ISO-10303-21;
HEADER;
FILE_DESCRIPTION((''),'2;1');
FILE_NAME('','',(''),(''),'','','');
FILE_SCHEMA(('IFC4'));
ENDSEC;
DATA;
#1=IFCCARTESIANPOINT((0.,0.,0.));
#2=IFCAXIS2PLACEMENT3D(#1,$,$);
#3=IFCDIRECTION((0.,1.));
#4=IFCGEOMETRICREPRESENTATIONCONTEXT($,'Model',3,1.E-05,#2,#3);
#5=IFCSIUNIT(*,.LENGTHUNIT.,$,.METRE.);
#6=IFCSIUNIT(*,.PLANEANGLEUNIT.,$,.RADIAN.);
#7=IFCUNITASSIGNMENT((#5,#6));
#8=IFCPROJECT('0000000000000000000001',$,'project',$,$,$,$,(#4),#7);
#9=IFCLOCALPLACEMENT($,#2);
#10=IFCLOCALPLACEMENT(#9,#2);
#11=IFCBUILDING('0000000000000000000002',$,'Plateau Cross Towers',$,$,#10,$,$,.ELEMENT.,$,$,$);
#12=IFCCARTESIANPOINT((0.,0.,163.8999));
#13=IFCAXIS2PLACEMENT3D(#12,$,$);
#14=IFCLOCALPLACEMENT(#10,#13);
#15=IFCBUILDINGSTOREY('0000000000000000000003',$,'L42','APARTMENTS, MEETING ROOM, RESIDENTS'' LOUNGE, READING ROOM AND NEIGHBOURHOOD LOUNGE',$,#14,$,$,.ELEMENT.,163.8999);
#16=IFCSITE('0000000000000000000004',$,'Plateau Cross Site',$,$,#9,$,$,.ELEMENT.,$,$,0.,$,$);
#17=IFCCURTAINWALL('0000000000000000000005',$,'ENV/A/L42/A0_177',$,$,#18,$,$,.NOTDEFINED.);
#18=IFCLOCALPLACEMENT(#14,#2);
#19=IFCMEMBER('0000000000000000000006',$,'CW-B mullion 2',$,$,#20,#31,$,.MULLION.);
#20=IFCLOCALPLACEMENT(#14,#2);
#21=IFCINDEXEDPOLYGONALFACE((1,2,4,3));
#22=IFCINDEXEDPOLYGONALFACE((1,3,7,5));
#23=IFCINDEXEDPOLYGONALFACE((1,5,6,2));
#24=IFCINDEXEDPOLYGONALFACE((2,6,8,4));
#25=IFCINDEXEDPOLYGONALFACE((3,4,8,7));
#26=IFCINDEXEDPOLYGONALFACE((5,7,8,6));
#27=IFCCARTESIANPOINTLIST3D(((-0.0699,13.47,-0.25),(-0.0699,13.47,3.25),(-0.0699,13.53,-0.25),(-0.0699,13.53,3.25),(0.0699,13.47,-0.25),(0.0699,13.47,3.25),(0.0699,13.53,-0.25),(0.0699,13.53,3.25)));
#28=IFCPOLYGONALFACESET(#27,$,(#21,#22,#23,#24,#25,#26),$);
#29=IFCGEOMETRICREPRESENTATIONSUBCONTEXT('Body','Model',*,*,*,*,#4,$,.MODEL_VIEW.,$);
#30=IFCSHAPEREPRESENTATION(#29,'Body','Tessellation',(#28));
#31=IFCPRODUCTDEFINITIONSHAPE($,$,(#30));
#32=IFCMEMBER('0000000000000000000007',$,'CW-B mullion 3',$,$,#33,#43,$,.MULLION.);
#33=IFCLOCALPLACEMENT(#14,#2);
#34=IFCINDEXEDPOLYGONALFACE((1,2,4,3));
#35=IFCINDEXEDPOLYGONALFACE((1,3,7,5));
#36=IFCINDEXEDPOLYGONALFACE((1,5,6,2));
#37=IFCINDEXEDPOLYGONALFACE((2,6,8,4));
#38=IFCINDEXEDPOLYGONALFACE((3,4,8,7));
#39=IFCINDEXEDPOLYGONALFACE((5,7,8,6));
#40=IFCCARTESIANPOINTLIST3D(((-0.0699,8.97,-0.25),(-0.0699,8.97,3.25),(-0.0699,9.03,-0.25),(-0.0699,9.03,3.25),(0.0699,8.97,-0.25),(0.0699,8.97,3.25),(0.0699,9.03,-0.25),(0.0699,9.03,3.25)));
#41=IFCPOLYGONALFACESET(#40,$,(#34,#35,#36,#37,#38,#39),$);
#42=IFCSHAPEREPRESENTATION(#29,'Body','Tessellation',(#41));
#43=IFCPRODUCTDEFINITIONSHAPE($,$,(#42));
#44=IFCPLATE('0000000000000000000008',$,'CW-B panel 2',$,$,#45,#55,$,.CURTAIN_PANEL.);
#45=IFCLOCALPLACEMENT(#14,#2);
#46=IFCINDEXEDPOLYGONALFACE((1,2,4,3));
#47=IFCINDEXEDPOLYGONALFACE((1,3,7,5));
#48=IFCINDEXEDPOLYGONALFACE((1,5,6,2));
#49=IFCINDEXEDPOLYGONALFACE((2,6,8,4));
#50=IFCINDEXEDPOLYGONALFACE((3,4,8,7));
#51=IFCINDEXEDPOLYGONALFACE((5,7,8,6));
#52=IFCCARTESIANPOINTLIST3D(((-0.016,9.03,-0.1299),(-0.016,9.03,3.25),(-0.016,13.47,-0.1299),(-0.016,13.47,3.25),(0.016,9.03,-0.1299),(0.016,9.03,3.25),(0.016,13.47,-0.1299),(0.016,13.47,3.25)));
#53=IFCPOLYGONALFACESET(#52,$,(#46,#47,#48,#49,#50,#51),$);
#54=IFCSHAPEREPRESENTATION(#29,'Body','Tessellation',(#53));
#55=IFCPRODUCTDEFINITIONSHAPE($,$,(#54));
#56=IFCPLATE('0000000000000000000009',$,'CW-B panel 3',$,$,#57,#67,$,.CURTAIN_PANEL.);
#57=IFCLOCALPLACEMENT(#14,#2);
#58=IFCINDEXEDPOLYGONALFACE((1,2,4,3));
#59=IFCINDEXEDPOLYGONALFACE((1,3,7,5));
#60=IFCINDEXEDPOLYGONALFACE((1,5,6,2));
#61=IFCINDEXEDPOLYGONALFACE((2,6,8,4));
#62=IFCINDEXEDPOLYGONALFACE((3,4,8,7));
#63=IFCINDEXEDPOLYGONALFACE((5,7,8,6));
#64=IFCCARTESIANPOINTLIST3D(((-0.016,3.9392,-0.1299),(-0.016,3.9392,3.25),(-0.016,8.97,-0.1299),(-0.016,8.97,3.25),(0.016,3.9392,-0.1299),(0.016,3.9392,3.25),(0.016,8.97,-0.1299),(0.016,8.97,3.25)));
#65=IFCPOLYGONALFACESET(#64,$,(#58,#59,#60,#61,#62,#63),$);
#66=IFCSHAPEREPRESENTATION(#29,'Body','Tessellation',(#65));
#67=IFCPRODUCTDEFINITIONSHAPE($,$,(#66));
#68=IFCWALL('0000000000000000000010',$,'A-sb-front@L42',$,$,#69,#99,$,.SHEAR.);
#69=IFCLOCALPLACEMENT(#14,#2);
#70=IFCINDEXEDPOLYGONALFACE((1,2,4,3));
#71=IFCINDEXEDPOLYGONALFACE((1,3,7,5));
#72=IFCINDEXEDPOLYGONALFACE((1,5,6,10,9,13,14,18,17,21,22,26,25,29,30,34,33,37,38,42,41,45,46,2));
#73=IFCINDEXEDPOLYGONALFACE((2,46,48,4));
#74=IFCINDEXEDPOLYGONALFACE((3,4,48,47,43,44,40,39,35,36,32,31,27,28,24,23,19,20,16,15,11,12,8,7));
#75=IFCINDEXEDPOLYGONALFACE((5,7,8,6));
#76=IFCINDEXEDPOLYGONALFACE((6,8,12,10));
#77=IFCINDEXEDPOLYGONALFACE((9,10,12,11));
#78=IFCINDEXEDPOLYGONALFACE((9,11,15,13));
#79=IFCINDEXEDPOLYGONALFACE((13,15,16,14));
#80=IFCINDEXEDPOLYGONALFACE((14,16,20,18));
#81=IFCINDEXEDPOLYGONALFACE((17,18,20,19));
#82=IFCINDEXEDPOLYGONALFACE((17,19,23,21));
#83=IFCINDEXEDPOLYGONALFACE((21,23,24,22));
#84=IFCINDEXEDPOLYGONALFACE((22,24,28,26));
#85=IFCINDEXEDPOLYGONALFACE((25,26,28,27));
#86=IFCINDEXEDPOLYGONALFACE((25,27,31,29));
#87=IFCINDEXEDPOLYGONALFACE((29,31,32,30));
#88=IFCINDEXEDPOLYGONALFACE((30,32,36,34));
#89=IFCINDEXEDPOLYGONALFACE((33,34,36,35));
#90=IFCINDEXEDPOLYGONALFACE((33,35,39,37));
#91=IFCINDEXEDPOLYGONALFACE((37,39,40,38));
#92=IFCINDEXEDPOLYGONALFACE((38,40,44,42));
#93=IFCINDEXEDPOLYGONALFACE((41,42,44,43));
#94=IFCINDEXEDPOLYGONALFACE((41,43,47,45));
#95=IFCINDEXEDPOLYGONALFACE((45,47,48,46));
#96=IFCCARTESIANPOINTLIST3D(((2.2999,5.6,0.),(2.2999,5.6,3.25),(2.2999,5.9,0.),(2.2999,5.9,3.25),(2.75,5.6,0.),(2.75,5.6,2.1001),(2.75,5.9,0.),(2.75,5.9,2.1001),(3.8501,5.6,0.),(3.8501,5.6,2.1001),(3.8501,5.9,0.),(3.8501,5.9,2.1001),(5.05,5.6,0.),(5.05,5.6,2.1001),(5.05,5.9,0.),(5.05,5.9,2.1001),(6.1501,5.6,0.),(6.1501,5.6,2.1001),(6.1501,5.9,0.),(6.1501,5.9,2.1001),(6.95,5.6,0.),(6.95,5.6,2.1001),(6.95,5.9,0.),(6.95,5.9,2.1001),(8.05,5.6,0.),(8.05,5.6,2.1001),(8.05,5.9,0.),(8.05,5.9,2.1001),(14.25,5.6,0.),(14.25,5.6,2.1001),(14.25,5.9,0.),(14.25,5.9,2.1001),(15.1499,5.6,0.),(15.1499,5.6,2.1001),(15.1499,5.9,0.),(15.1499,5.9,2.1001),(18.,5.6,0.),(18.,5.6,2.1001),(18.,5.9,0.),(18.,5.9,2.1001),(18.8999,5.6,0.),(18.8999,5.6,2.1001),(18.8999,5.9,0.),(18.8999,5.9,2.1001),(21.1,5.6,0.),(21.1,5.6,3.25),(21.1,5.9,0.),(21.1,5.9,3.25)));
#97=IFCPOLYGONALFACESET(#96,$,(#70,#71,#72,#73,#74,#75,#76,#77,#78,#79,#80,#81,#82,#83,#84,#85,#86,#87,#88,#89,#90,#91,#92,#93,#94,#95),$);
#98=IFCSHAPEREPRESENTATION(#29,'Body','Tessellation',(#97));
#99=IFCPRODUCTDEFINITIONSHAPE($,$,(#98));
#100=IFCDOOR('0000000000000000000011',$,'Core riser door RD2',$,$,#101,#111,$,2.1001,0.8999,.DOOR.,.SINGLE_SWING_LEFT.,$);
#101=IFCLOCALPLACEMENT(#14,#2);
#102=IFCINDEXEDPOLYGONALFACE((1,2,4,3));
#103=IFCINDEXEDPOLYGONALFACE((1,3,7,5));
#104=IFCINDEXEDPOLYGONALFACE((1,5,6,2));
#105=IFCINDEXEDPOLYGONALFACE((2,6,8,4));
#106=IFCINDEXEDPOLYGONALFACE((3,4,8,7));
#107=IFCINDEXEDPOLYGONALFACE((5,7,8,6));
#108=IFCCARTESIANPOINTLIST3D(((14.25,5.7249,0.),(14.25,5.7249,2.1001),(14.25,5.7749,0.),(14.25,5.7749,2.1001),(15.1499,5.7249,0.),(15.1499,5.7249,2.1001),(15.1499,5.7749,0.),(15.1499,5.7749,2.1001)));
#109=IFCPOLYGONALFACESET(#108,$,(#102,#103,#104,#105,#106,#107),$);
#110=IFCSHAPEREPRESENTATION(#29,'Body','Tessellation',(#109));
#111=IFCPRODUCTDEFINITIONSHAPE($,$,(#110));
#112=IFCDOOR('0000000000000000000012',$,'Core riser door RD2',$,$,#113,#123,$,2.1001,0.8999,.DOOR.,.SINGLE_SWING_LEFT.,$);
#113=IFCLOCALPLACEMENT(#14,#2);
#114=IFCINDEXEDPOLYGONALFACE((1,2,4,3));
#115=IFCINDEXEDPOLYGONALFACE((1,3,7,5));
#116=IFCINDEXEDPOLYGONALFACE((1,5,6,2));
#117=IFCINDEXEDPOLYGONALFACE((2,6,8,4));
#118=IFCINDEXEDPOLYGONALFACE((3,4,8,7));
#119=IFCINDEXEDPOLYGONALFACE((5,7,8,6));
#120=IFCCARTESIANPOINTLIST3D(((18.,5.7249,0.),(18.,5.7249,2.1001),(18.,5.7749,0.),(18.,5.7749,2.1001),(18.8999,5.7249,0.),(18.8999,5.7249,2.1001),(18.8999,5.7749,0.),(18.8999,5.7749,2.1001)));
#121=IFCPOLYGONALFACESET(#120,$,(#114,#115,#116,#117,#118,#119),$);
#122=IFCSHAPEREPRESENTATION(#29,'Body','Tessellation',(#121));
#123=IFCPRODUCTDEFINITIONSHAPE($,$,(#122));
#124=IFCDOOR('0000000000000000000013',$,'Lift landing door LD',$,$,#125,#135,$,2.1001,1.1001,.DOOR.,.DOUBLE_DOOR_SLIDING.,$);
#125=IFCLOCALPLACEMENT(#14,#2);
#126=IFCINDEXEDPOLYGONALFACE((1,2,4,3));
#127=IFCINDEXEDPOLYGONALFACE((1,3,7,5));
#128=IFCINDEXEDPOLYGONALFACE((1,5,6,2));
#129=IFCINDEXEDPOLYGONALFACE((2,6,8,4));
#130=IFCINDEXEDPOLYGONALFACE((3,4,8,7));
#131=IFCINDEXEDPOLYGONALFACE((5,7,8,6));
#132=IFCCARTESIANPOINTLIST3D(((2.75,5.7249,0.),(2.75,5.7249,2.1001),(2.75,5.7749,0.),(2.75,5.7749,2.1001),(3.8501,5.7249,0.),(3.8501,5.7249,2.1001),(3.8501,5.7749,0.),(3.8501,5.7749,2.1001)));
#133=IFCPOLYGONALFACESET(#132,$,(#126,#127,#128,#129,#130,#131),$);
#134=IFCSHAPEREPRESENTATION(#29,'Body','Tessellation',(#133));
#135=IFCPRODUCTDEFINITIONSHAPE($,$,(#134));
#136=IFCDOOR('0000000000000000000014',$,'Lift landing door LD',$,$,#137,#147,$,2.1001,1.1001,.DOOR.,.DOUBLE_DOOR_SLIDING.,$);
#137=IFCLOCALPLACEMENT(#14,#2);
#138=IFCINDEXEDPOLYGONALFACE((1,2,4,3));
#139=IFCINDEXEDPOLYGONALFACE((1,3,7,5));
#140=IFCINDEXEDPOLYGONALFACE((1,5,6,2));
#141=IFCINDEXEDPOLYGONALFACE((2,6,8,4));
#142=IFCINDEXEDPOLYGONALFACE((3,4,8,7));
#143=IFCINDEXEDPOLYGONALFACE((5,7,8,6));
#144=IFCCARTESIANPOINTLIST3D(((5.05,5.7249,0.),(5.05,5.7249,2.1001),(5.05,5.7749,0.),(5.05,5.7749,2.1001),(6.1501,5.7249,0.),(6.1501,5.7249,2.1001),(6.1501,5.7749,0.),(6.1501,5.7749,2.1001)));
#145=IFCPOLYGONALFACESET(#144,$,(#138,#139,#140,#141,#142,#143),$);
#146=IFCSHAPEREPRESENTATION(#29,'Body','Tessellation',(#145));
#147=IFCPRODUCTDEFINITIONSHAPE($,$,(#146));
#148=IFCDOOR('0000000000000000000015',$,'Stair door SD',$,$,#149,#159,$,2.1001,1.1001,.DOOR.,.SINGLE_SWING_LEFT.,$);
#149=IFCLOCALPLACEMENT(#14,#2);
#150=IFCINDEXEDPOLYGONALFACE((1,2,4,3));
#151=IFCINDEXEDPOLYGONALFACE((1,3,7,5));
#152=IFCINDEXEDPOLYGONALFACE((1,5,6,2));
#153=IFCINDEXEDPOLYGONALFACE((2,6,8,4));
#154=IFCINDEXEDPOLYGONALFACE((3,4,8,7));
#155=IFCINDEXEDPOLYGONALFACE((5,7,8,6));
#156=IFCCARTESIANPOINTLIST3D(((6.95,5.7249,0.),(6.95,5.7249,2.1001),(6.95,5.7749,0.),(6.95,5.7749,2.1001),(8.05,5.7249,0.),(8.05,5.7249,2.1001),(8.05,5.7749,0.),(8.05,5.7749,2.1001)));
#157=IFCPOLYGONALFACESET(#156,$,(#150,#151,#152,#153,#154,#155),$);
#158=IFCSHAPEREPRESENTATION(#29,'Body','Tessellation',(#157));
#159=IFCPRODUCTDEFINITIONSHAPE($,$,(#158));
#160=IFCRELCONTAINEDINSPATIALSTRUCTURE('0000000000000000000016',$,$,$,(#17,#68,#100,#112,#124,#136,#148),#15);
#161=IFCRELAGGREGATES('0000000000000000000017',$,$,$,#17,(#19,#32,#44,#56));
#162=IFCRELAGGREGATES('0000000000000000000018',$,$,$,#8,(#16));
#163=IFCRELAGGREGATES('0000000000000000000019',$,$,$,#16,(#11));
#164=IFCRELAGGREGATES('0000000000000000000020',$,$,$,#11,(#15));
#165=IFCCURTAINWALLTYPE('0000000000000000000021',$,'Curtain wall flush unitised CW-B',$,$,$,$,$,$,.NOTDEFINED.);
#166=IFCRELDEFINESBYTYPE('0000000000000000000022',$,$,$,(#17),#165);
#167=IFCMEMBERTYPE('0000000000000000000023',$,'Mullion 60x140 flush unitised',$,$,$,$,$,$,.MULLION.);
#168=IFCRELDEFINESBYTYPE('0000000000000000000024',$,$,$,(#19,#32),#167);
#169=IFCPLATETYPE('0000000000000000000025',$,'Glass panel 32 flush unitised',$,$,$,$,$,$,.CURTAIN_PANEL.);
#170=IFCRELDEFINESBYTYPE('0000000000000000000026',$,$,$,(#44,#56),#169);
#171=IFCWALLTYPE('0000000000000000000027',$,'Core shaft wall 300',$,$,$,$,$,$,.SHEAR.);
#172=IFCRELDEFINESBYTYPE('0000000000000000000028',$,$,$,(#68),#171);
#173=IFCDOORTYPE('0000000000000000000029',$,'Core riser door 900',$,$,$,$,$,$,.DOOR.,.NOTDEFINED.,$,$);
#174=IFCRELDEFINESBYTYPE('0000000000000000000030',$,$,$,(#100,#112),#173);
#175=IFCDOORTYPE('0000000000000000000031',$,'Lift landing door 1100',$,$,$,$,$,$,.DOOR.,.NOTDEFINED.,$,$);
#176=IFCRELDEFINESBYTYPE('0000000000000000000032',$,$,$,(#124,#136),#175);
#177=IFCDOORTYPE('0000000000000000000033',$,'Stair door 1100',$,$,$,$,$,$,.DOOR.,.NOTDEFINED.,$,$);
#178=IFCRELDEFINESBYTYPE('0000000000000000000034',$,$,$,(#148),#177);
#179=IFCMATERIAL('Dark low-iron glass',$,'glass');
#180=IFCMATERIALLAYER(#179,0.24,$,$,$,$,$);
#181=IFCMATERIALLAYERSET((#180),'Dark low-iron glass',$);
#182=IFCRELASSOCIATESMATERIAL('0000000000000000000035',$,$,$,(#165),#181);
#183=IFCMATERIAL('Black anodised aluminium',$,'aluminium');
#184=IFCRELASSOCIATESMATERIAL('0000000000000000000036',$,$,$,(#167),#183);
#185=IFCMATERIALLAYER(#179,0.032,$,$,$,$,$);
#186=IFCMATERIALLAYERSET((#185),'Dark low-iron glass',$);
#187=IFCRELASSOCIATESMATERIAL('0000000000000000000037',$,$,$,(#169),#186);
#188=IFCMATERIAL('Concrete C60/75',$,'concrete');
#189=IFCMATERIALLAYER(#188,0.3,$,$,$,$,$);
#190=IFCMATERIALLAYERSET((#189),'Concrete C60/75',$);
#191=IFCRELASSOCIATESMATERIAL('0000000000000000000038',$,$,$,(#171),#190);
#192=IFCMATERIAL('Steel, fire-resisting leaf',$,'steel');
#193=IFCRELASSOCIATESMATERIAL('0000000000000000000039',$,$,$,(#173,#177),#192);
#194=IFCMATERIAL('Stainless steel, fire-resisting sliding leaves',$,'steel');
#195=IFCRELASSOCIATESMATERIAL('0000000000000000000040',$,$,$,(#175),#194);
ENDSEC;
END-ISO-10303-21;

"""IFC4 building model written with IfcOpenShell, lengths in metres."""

from ifc_helpers import new_model, si_unit, direction, frame, frame_2d, origin, origin_2d, place, context, subcontext, project, spatial, rectangle, extrude, material, layer, layer_set, material_profile, profile_set, type_object, element, fill, aggregate, save


model = new_model("IFC4")

# Units and contexts
model_context = context("Model", 3, precision=1e-05, world=origin(), true_north=direction((0.0, 1.0)))
body_context = subcontext(model_context, "Body", "Model", "MODEL_VIEW")
ifc_project = project(units=[si_unit("LENGTHUNIT", "METRE"), si_unit("PLANEANGLEUNIT", "RADIAN")], contexts=[model_context])

# Site, building, storey
site_placement = place(None, origin())
site = spatial("IfcSite", under=ifc_project, at=site_placement, Name="Plateau Cross Site", CompositionType="ELEMENT", RefElevation=0.0)
building_placement = place(site_placement, origin())
building = spatial("IfcBuilding", under=site, at=building_placement, Name="Plateau Cross Towers", CompositionType="ELEMENT")
storey_placement = place(building_placement, frame((0.0, 0.0, 163.8999)))
storey = spatial("IfcBuildingStorey", under=building, at=storey_placement, Name="L42", Description="APARTMENTS, MEETING ROOM, RESIDENTS' LOUNGE, READING ROOM AND NEIGHBOURHOOD LOUNGE", CompositionType="ELEMENT", Elevation=163.8999)

# Curtain wall, members, plates
ifc_material_1 = material(Name="Dark low-iron glass", Category="glass")
ifc_layer_1 = layer(ifc_material_1, 0.24)
ifc_layer_set_1 = layer_set([ifc_layer_1], Name="Dark low-iron glass")
curtain_wall_type = type_object("IfcCurtainWallType", Name="Curtain wall flush unitised CW-B", PredefinedType="NOTDEFINED", material=ifc_layer_set_1)
curtain_wall_placement = place(storey_placement, origin())
curtain_wall = element("IfcCurtainWall", 1, at=curtain_wall_placement, inside=storey, type_object=curtain_wall_type, Name="ENV/A/L42/A0_177", PredefinedType="NOTDEFINED")
ifc_material_2 = material(Name="Black anodised aluminium", Category="aluminium")
ifc_material_profile = material_profile(ifc_material_2, rectangle(XDim=0.0601, YDim=0.1399, at=origin_2d()), Name="MULLION 60x140")
ifc_profile_set = profile_set([ifc_material_profile], Name="Black anodised aluminium")
member_type = type_object("IfcMemberType", Name="Mullion 60x140 flush unitised", PredefinedType="MULLION", material=ifc_profile_set)
member_1_placement = place(storey_placement, frame((0.0, 13.5, -0.25), z_axis=(0.0, 0.0, 1.0), x_axis=(0.0, -1.0, 0.0)))
member_1 = element("IfcMember", 2, at=member_1_placement, type_object=member_type, Name="CW-B mullion 2", PredefinedType="MULLION", context=body_context, shape_type="SweptSolid", body=[
    extrude(rectangle(XDim=0.0601, YDim=0.1399, at=origin_2d()), origin(), (0.0, 0.0, 1.0), 3.5),
])
member_2_placement = place(storey_placement, frame((0.0, 9.0, -0.25), z_axis=(0.0, 0.0, 1.0), x_axis=(0.0, -1.0, 0.0)))
member_2 = element("IfcMember", 3, at=member_2_placement, type_object=member_type, Name="CW-B mullion 3", PredefinedType="MULLION", context=body_context, shape_type="SweptSolid", body=[
    extrude(rectangle(XDim=0.0601, YDim=0.1399, at=origin_2d()), origin(), (0.0, 0.0, 1.0), 3.5),
])
ifc_layer_2 = layer(ifc_material_1, 0.032)
ifc_layer_set_2 = layer_set([ifc_layer_2], Name="Dark low-iron glass")
plate_type = type_object("IfcPlateType", Name="Glass panel 32 flush unitised", PredefinedType="CURTAIN_PANEL", material=ifc_layer_set_2)
plate_1_placement = place(storey_placement, frame((0.0, 11.25, -0.1299), z_axis=(0.0, 0.0, 1.0), x_axis=(0.0, -1.0, 0.0)))
plate_1 = element("IfcPlate", 4, at=plate_1_placement, type_object=plate_type, Name="CW-B panel 2", PredefinedType="CURTAIN_PANEL", context=body_context, shape_type="SweptSolid", body=[
    extrude(rectangle(XDim=4.4399, YDim=0.032, at=origin_2d()), origin(), (0.0, 0.0, 1.0), 3.3799),
])
plate_2_placement = place(storey_placement, frame((0.0, 6.4546, -0.1299), z_axis=(0.0, 0.0, 1.0), x_axis=(0.0, -1.0, 0.0)))
plate_2 = element("IfcPlate", 5, at=plate_2_placement, type_object=plate_type, Name="CW-B panel 3", PredefinedType="CURTAIN_PANEL", context=body_context, shape_type="SweptSolid", body=[
    extrude(rectangle(XDim=5.0308, YDim=0.032, at=origin_2d()), origin(), (0.0, 0.0, 1.0), 3.3799),
])
aggregate(curtain_wall, [member_1, member_2, plate_1, plate_2])

# Wall, openings, doors
ifc_material_3 = material(Name="Concrete C60/75", Category="concrete")
ifc_layer_3 = layer(ifc_material_3, 0.3)
ifc_layer_set_3 = layer_set([ifc_layer_3], Name="Concrete C60/75")
wall_type = type_object("IfcWallType", Name="Core shaft wall 300", PredefinedType="SHEAR", material=ifc_layer_set_3)
wall_1_placement = place(storey_placement, frame((2.3, 5.75, 0.0), z_axis=(0.0, 0.0, 1.0), x_axis=(1.0, 0.0, 0.0)))
wall_1 = element("IfcWall", 6, at=wall_1_placement, inside=storey, type_object=wall_type, Name="A-sb-front@L42", PredefinedType="SHEAR", context=body_context, shape_type="SweptSolid", body=[
    extrude(rectangle(XDim=18.8, YDim=0.3, at=frame_2d((9.3999, 0.0))), origin(), (0.0, 0.0, 1.0), 3.25),
])
opening_1_placement = place(wall_1_placement, frame((4.6499, 0.0, 0.0)))
opening_1 = element("IfcOpeningElement", 7, at=opening_1_placement, cuts=wall_1, PredefinedType="OPENING", context=body_context, shape_type="SweptSolid", body=[
    extrude(rectangle(XDim=1.1001, YDim=2.1001, at=frame_2d((0.55, 1.05))), frame((0.0, 0.1599, 0.0), z_axis=(0.0, -1.0, 0.0), x_axis=(1.0, 0.0, 0.0)), (0.0, 0.0, 1.0), 0.3201),
])
opening_2_placement = place(wall_1_placement, frame((0.45, 0.0, 0.0)))
opening_2 = element("IfcOpeningElement", 8, at=opening_2_placement, cuts=wall_1, PredefinedType="OPENING", context=body_context, shape_type="SweptSolid", body=[
    extrude(rectangle(XDim=1.1001, YDim=2.1001, at=frame_2d((0.55, 1.05))), frame((0.0, 0.1599, 0.0), z_axis=(0.0, -1.0, 0.0), x_axis=(1.0, 0.0, 0.0)), (0.0, 0.0, 1.0), 0.3201),
])
opening_3_placement = place(wall_1_placement, frame((2.75, 0.0, 0.0)))
opening_3 = element("IfcOpeningElement", 9, at=opening_3_placement, cuts=wall_1, PredefinedType="OPENING", context=body_context, shape_type="SweptSolid", body=[
    extrude(rectangle(XDim=1.1001, YDim=2.1001, at=frame_2d((0.55, 1.05))), frame((0.0, 0.1599, 0.0), z_axis=(0.0, -1.0, 0.0), x_axis=(1.0, 0.0, 0.0)), (0.0, 0.0, 1.0), 0.3201),
])
opening_4_placement = place(wall_1_placement, frame((11.95, 0.0, 0.0)))
opening_4 = element("IfcOpeningElement", 10, at=opening_4_placement, cuts=wall_1, PredefinedType="OPENING", context=body_context, shape_type="SweptSolid", body=[
    extrude(rectangle(XDim=0.8999, YDim=2.1001, at=frame_2d((0.45, 1.05))), frame((0.0, 0.1599, 0.0), z_axis=(0.0, -1.0, 0.0), x_axis=(1.0, 0.0, 0.0)), (0.0, 0.0, 1.0), 0.3201),
])
opening_5_placement = place(wall_1_placement, frame((15.7, 0.0, 0.0)))
opening_5 = element("IfcOpeningElement", 11, at=opening_5_placement, cuts=wall_1, PredefinedType="OPENING", context=body_context, shape_type="SweptSolid", body=[
    extrude(rectangle(XDim=0.8999, YDim=2.1001, at=frame_2d((0.45, 1.05))), frame((0.0, 0.1599, 0.0), z_axis=(0.0, -1.0, 0.0), x_axis=(1.0, 0.0, 0.0)), (0.0, 0.0, 1.0), 0.3201),
])
ifc_material_4 = material(Name="Steel, fire-resisting leaf", Category="steel")
door_type_1 = type_object("IfcDoorType", Name="Core riser door 900", OperationType="NOTDEFINED", PredefinedType="DOOR", material=ifc_material_4)
door_1_placement = place(opening_4_placement, origin())
door_1 = element("IfcDoor", 12, at=door_1_placement, inside=storey, type_object=door_type_1, Name="Core riser door RD2", OperationType="SINGLE_SWING_LEFT", OverallHeight=2.1001, OverallWidth=0.8999, PredefinedType="DOOR", context=body_context, shape_type="SweptSolid", body=[
    extrude(rectangle(XDim=0.8999, YDim=2.1001, at=frame_2d((0.45, 1.05))), frame((0.0, 0.0249, 0.0), z_axis=(0.0, -1.0, 0.0), x_axis=(1.0, 0.0, 0.0)), (0.0, 0.0, 1.0), 0.05),
])
fill(opening_4, door_1)
door_2_placement = place(opening_5_placement, origin())
door_2 = element("IfcDoor", 13, at=door_2_placement, inside=storey, type_object=door_type_1, Name="Core riser door RD2", OperationType="SINGLE_SWING_LEFT", OverallHeight=2.1001, OverallWidth=0.8999, PredefinedType="DOOR", context=body_context, shape_type="SweptSolid", body=[
    extrude(rectangle(XDim=0.8999, YDim=2.1001, at=frame_2d((0.45, 1.05))), frame((0.0, 0.0249, 0.0), z_axis=(0.0, -1.0, 0.0), x_axis=(1.0, 0.0, 0.0)), (0.0, 0.0, 1.0), 0.05),
])
fill(opening_5, door_2)
ifc_material_5 = material(Name="Stainless steel, fire-resisting sliding leaves", Category="steel")
door_type_2 = type_object("IfcDoorType", Name="Lift landing door 1100", OperationType="NOTDEFINED", PredefinedType="DOOR", material=ifc_material_5)
door_3_placement = place(opening_2_placement, origin())
door_3 = element("IfcDoor", 14, at=door_3_placement, inside=storey, type_object=door_type_2, Name="Lift landing door LD", OperationType="DOUBLE_DOOR_SLIDING", OverallHeight=2.1001, OverallWidth=1.1001, PredefinedType="DOOR", context=body_context, shape_type="SweptSolid", body=[
    extrude(rectangle(XDim=1.1001, YDim=2.1001, at=frame_2d((0.55, 1.05))), frame((0.0, 0.0249, 0.0), z_axis=(0.0, -1.0, 0.0), x_axis=(1.0, 0.0, 0.0)), (0.0, 0.0, 1.0), 0.05),
])
fill(opening_2, door_3)
door_4_placement = place(opening_3_placement, origin())
door_4 = element("IfcDoor", 15, at=door_4_placement, inside=storey, type_object=door_type_2, Name="Lift landing door LD", OperationType="DOUBLE_DOOR_SLIDING", OverallHeight=2.1001, OverallWidth=1.1001, PredefinedType="DOOR", context=body_context, shape_type="SweptSolid", body=[
    extrude(rectangle(XDim=1.1001, YDim=2.1001, at=frame_2d((0.55, 1.05))), frame((0.0, 0.0249, 0.0), z_axis=(0.0, -1.0, 0.0), x_axis=(1.0, 0.0, 0.0)), (0.0, 0.0, 1.0), 0.05),
])
fill(opening_3, door_4)
door_type_3 = type_object("IfcDoorType", Name="Stair door 1100", OperationType="NOTDEFINED", PredefinedType="DOOR", material=ifc_material_4)
door_5_placement = place(opening_1_placement, origin())
door_5 = element("IfcDoor", 16, at=door_5_placement, inside=storey, type_object=door_type_3, Name="Stair door SD", OperationType="SINGLE_SWING_LEFT", OverallHeight=2.1001, OverallWidth=1.1001, PredefinedType="DOOR", context=body_context, shape_type="SweptSolid", body=[
    extrude(rectangle(XDim=1.1001, YDim=2.1001, at=frame_2d((0.55, 1.05))), frame((0.0, 0.0249, 0.0), z_axis=(0.0, -1.0, 0.0), x_axis=(1.0, 0.0, 0.0)), (0.0, 0.0, 1.0), 0.05),
])
fill(opening_1, door_5)

save(model, "model.ifc")
